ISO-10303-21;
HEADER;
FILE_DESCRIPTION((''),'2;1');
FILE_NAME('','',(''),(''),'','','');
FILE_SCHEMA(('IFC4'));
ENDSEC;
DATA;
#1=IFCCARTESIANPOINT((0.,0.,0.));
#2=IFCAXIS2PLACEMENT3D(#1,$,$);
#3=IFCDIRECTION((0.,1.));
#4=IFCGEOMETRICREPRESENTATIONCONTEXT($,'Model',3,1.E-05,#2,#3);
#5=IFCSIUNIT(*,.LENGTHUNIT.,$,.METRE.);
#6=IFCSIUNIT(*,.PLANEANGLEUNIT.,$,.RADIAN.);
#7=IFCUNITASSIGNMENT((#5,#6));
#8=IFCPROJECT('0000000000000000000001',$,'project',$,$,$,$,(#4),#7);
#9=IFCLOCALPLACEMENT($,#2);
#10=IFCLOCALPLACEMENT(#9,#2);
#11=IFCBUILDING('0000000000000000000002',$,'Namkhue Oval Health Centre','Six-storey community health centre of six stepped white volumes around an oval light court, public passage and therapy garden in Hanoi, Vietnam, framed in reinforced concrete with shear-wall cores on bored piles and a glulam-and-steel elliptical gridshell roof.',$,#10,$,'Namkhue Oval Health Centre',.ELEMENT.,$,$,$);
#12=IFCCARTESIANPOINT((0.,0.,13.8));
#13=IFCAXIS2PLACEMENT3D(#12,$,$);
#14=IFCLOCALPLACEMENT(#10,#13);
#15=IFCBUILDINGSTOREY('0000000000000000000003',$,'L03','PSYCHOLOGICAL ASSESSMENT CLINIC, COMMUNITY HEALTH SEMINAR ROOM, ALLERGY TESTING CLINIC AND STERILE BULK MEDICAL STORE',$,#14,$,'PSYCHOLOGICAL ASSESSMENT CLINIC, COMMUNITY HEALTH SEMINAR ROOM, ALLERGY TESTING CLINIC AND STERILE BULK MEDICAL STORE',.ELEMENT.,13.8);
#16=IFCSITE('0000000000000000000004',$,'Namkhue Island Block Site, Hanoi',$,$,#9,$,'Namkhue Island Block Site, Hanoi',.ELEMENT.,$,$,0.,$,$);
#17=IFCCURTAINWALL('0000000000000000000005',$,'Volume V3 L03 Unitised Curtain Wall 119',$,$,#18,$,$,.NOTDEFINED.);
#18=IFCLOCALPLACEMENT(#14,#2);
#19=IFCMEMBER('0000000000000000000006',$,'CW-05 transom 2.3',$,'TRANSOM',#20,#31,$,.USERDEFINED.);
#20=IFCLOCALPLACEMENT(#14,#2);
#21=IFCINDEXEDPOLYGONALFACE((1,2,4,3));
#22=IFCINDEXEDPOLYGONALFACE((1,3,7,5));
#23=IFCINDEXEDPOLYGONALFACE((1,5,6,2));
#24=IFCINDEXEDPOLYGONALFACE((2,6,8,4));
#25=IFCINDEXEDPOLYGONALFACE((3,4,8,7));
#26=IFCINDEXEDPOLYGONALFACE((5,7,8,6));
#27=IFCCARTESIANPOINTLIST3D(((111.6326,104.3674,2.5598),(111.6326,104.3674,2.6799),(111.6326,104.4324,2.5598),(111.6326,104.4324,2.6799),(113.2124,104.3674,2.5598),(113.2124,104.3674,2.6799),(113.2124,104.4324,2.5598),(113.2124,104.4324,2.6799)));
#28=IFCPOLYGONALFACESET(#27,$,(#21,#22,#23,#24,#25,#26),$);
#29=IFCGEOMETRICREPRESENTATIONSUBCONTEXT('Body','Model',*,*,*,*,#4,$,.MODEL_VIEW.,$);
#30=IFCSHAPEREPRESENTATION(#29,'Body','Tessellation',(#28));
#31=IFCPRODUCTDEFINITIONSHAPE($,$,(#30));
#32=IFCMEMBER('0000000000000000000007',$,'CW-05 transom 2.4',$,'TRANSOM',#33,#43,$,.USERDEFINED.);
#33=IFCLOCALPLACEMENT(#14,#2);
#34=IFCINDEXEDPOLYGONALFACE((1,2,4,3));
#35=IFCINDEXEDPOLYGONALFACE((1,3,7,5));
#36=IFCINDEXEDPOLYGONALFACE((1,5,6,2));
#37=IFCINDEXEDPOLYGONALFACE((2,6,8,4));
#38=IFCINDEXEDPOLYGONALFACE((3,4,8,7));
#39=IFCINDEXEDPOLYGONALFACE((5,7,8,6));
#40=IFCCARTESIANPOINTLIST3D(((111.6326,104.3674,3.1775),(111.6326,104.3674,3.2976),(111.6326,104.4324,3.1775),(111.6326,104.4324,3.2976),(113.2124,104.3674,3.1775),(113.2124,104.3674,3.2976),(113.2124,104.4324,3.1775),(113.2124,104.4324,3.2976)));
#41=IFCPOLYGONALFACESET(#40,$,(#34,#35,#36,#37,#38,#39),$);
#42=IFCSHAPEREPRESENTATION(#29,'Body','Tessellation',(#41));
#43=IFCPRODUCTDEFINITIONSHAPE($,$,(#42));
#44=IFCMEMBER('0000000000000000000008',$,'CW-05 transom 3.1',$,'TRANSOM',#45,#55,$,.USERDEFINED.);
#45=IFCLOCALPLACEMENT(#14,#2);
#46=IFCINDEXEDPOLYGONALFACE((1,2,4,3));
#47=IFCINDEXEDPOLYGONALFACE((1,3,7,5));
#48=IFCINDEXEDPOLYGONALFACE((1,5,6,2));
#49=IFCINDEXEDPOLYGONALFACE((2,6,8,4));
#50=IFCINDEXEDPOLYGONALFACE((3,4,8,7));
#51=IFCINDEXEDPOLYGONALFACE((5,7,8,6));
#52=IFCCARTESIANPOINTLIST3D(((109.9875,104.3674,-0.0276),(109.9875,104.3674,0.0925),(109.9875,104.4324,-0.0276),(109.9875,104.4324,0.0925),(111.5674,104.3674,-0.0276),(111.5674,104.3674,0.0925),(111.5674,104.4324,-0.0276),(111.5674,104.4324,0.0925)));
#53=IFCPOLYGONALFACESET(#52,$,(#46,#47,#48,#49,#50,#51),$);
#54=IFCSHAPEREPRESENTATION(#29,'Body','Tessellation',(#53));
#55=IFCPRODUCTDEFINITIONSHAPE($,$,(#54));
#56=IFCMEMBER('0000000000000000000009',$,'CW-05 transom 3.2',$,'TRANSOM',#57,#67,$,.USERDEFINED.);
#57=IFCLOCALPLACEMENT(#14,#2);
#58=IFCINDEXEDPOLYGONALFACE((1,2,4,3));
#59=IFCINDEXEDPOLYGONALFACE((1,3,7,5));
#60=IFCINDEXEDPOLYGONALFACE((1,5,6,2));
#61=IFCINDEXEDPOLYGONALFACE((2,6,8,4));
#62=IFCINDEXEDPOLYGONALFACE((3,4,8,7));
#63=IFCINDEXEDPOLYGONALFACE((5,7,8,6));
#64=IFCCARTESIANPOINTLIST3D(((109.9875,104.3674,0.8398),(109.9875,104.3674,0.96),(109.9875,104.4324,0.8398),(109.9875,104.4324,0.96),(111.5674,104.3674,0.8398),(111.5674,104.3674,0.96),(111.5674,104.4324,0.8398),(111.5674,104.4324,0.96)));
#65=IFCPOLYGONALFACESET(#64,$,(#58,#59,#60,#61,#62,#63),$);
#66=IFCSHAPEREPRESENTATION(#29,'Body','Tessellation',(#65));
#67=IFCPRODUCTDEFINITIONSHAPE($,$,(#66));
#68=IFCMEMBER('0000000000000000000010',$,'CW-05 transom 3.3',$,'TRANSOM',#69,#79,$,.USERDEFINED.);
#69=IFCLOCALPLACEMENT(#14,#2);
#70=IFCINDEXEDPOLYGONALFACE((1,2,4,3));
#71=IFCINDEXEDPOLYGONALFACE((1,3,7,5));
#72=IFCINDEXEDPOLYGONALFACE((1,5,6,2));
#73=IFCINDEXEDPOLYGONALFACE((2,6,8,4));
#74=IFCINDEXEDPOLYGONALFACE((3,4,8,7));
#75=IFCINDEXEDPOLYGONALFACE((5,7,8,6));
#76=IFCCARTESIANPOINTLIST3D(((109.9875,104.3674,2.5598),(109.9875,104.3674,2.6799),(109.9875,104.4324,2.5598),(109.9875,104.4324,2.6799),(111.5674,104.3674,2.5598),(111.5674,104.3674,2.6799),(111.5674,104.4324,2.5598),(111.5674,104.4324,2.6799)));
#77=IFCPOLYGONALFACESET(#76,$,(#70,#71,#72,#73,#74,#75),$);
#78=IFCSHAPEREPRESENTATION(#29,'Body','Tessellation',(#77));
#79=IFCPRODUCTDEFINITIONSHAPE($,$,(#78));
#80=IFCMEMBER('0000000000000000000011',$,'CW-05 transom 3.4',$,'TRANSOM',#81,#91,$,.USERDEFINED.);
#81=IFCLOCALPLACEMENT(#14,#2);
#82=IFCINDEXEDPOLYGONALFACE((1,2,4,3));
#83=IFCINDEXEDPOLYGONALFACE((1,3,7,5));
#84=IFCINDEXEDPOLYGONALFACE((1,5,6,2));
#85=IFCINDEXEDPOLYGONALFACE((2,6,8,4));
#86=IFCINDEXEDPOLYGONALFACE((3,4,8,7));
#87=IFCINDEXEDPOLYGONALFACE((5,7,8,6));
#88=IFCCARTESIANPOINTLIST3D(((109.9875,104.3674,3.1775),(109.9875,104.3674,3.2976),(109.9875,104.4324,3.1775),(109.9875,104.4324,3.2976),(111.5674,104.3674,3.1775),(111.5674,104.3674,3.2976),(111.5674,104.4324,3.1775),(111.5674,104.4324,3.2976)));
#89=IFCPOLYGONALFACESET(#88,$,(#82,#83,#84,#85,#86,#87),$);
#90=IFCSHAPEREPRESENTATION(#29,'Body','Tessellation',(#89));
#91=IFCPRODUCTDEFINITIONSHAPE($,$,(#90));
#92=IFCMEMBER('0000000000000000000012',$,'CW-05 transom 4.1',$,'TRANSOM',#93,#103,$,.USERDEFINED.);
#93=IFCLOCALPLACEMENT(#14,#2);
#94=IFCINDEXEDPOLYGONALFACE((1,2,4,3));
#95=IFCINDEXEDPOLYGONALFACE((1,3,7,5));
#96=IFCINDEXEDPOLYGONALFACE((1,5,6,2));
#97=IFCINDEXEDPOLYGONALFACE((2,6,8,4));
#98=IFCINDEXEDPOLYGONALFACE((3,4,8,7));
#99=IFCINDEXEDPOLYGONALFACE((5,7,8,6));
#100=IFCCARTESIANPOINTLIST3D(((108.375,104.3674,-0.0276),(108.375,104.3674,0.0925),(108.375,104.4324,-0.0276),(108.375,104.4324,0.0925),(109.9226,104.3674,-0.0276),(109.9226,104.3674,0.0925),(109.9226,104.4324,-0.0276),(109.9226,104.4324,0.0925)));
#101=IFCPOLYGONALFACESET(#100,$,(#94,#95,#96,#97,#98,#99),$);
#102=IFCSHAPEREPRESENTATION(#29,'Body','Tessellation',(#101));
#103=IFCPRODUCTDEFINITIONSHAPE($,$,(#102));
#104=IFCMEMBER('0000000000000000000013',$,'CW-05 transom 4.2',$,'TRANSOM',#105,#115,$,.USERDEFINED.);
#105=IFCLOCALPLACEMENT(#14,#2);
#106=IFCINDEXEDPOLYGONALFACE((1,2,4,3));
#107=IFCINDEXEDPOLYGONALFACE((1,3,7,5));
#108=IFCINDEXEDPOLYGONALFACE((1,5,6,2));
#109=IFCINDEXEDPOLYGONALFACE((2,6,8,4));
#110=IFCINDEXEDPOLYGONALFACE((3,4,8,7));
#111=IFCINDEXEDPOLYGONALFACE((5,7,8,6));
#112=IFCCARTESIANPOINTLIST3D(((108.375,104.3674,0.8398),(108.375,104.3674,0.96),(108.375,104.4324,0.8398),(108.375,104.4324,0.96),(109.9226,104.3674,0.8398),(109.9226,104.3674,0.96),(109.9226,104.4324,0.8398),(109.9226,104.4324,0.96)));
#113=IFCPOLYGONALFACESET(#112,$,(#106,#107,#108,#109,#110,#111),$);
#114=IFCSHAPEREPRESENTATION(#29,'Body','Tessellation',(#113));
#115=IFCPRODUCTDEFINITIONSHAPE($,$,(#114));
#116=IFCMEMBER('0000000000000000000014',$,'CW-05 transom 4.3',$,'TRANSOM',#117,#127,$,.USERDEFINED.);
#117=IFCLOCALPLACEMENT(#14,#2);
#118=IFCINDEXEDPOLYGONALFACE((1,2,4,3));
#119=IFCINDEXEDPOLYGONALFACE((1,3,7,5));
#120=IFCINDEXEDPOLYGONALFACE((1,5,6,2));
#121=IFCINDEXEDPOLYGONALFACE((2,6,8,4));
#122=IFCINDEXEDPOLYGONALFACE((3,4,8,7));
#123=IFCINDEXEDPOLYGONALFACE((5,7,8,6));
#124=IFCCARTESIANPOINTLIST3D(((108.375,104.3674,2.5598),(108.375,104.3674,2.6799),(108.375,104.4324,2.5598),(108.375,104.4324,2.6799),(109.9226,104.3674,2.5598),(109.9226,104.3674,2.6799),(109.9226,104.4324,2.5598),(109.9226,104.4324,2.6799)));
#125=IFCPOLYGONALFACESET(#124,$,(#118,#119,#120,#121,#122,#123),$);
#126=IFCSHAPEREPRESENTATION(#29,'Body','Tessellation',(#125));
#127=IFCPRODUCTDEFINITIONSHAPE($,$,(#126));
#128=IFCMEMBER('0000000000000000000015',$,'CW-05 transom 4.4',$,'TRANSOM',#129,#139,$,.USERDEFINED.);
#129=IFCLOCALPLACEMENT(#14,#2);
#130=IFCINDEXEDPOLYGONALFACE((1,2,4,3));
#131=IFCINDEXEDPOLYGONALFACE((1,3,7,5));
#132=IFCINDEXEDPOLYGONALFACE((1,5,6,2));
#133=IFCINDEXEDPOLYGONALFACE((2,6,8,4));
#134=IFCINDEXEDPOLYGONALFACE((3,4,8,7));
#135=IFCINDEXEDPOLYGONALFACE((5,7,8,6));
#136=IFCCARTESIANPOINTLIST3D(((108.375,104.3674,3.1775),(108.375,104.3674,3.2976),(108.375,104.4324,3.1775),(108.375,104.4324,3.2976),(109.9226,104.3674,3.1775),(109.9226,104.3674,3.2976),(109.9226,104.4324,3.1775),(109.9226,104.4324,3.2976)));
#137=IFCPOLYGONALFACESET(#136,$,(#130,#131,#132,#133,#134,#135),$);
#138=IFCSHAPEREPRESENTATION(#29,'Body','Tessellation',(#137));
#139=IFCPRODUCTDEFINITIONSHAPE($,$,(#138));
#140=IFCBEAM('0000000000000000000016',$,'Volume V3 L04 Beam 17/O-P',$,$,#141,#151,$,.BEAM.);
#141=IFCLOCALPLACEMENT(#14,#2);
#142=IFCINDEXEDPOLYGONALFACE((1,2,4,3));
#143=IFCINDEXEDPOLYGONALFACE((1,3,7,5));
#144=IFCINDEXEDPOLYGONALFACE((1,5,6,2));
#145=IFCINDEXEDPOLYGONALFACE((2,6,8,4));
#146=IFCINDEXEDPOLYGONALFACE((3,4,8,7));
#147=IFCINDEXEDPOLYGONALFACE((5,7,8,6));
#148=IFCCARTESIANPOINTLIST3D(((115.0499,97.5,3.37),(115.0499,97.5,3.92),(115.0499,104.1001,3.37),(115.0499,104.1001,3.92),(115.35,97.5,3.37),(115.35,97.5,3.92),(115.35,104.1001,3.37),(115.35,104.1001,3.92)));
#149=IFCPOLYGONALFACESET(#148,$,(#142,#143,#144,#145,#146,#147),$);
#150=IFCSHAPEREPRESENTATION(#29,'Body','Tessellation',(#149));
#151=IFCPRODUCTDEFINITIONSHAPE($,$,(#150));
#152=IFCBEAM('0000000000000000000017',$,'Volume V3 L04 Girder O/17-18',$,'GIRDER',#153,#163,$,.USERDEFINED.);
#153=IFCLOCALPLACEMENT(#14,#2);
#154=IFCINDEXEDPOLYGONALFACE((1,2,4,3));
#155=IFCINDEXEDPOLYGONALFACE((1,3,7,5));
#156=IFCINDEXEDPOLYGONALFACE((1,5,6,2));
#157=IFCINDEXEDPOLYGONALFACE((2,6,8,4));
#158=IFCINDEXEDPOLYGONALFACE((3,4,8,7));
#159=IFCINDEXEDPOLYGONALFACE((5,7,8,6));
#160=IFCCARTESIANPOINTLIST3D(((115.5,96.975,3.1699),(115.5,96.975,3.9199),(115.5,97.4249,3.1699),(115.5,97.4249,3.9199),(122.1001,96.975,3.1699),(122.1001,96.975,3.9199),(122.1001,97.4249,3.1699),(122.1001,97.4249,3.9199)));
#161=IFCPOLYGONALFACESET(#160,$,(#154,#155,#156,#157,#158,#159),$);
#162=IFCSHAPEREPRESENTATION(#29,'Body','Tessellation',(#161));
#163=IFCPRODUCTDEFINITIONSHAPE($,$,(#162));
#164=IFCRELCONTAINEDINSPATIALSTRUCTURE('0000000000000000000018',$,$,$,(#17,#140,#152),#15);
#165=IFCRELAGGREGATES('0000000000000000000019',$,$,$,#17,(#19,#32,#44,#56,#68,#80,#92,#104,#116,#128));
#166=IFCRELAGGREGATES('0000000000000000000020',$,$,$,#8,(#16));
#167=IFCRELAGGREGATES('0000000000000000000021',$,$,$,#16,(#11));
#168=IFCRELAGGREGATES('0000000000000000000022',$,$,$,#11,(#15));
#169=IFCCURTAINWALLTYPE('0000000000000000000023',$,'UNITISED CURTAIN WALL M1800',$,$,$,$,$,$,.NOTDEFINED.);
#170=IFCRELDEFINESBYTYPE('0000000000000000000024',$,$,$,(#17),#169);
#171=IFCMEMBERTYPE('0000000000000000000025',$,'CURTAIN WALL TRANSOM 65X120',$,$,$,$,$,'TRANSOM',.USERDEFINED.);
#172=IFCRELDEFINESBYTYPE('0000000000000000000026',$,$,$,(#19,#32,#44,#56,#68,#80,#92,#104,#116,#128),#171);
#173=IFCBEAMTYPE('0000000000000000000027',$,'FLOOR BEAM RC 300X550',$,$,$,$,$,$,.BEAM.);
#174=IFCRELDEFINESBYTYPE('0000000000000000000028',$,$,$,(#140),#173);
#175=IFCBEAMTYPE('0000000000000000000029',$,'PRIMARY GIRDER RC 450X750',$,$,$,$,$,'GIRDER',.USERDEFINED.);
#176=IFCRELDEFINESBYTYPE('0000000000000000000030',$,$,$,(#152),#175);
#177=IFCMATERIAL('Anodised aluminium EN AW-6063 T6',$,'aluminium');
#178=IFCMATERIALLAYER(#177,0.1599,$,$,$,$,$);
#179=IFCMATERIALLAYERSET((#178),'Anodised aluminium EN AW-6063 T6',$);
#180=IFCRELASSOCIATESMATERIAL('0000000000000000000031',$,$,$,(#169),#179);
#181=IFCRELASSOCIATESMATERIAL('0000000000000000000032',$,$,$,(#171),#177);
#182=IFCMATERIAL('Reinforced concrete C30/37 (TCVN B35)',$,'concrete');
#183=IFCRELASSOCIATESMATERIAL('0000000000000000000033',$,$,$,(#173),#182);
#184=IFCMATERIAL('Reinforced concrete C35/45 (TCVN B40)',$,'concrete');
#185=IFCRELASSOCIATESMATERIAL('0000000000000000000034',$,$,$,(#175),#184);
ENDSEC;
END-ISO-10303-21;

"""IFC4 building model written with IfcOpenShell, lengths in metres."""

from ifc_helpers import new_model, si_unit, direction, frame, origin, origin_2d, place, context, subcontext, project, spatial, rectangle, extrude, material, layer, layer_set, material_profile, profile_set, type_object, element, aggregate, save


model = new_model("IFC4")

# Units and contexts
model_context = context("Model", 3, precision=1e-05, world=origin(), true_north=direction((0.0, 1.0)))
body_context = subcontext(model_context, "Body", "Model", "MODEL_VIEW")
ifc_project = project(units=[si_unit("LENGTHUNIT", "METRE"), si_unit("PLANEANGLEUNIT", "RADIAN")], contexts=[model_context])

# Site, building, storey
site_placement = place(None, origin())
site = spatial("IfcSite", under=ifc_project, at=site_placement, Name="Namkhue Island Block Site, Hanoi", LongName="Namkhue Island Block Site, Hanoi", CompositionType="ELEMENT", RefElevation=0.0)
building_placement = place(site_placement, origin())
building = spatial("IfcBuilding", under=site, at=building_placement, Name="Namkhue Oval Health Centre", Description="Six-storey community health centre of six stepped white volumes around an oval light court, public passage and therapy garden in Hanoi, Vietnam, framed in reinforced concrete with shear-wall cores on bored piles and a glulam-and-steel elliptical gridshell roof.", LongName="Namkhue Oval Health Centre", CompositionType="ELEMENT")
storey_placement = place(building_placement, frame((0.0, 0.0, 13.8)))
storey = spatial("IfcBuildingStorey", under=building, at=storey_placement, Name="L03", Description="PSYCHOLOGICAL ASSESSMENT CLINIC, COMMUNITY HEALTH SEMINAR ROOM, ALLERGY TESTING CLINIC AND STERILE BULK MEDICAL STORE", LongName="PSYCHOLOGICAL ASSESSMENT CLINIC, COMMUNITY HEALTH SEMINAR ROOM, ALLERGY TESTING CLINIC AND STERILE BULK MEDICAL STORE", CompositionType="ELEMENT", Elevation=13.8)

# Shared definitions
ifc_material_1 = material(Name="Reinforced concrete C35/45 (TCVN B40)", Category="concrete")

# Curtain wall, members
ifc_material_2 = material(Name="Anodised aluminium EN AW-6063 T6", Category="aluminium")
ifc_layer_1 = layer(ifc_material_2, 0.1599)
ifc_layer_set_1 = layer_set([ifc_layer_1], Name="Anodised aluminium EN AW-6063 T6")
curtain_wall_type = type_object("IfcCurtainWallType", Name="UNITISED CURTAIN WALL M1800", PredefinedType="NOTDEFINED", material=ifc_layer_set_1)
curtain_wall_placement = place(storey_placement, origin())
curtain_wall = element("IfcCurtainWall", 1, at=curtain_wall_placement, inside=storey, type_object=curtain_wall_type, Name="Volume V3 L03 Unitised Curtain Wall 119", PredefinedType="NOTDEFINED")
ifc_material_profile_1 = material_profile(ifc_material_2, rectangle(XDim=0.0649, YDim=0.1201, at=origin_2d()), Name="ALU 65x120")
ifc_profile_set_1 = profile_set([ifc_material_profile_1], Name="Anodised aluminium EN AW-6063 T6")
member_type_1 = type_object("IfcMemberType", Name="CURTAIN WALL TRANSOM 65X120", ElementType="TRANSOM", PredefinedType="USERDEFINED", material=ifc_profile_set_1)
member_1_placement = place(storey_placement, frame((113.2124, 104.3999, 2.6199), z_axis=(-1.0, 0.0, 0.0), x_axis=(0.0, -1.0, 0.0)))
member_1 = element("IfcMember", 2, at=member_1_placement, type_object=member_type_1, Name="CW-05 transom 2.3", ObjectType="TRANSOM", PredefinedType="USERDEFINED", context=body_context, shape_type="SweptSolid", body=[
    extrude(rectangle(XDim=0.0649, YDim=0.1201, at=origin_2d()), origin(), (0.0, 0.0, 1.0), 1.5798),
])
member_2_placement = place(storey_placement, frame((113.2124, 104.3999, 3.2375), z_axis=(-1.0, 0.0, 0.0), x_axis=(0.0, -1.0, 0.0)))
member_2 = element("IfcMember", 3, at=member_2_placement, type_object=member_type_1, Name="CW-05 transom 2.4", ObjectType="TRANSOM", PredefinedType="USERDEFINED", context=body_context, shape_type="SweptSolid", body=[
    extrude(rectangle(XDim=0.0649, YDim=0.1201, at=origin_2d()), origin(), (0.0, 0.0, 1.0), 1.5798),
])
member_3_placement = place(storey_placement, frame((111.5674, 104.3999, 0.0325), z_axis=(-1.0, 0.0, 0.0), x_axis=(0.0, -1.0, 0.0)))
member_3 = element("IfcMember", 4, at=member_3_placement, type_object=member_type_1, Name="CW-05 transom 3.1", ObjectType="TRANSOM", PredefinedType="USERDEFINED", context=body_context, shape_type="SweptSolid", body=[
    extrude(rectangle(XDim=0.0649, YDim=0.1201, at=origin_2d()), origin(), (0.0, 0.0, 1.0), 1.5798),
])
member_4_placement = place(storey_placement, frame((111.5674, 104.3999, 0.8999), z_axis=(-1.0, 0.0, 0.0), x_axis=(0.0, -1.0, 0.0)))
member_4 = element("IfcMember", 5, at=member_4_placement, type_object=member_type_1, Name="CW-05 transom 3.2", ObjectType="TRANSOM", PredefinedType="USERDEFINED", context=body_context, shape_type="SweptSolid", body=[
    extrude(rectangle(XDim=0.0649, YDim=0.1201, at=origin_2d()), origin(), (0.0, 0.0, 1.0), 1.5798),
])
member_5_placement = place(storey_placement, frame((111.5674, 104.3999, 2.6199), z_axis=(-1.0, 0.0, 0.0), x_axis=(0.0, -1.0, 0.0)))
member_5 = element("IfcMember", 6, at=member_5_placement, type_object=member_type_1, Name="CW-05 transom 3.3", ObjectType="TRANSOM", PredefinedType="USERDEFINED", context=body_context, shape_type="SweptSolid", body=[
    extrude(rectangle(XDim=0.0649, YDim=0.1201, at=origin_2d()), origin(), (0.0, 0.0, 1.0), 1.5798),
])
member_6_placement = place(storey_placement, frame((111.5674, 104.3999, 3.2375), z_axis=(-1.0, 0.0, 0.0), x_axis=(0.0, -1.0, 0.0)))
member_6 = element("IfcMember", 7, at=member_6_placement, type_object=member_type_1, Name="CW-05 transom 3.4", ObjectType="TRANSOM", PredefinedType="USERDEFINED", context=body_context, shape_type="SweptSolid", body=[
    extrude(rectangle(XDim=0.0649, YDim=0.1201, at=origin_2d()), origin(), (0.0, 0.0, 1.0), 1.5798),
])
member_7_placement = place(storey_placement, frame((109.9226, 104.3999, 0.0325), z_axis=(-1.0, 0.0, 0.0), x_axis=(0.0, -1.0, 0.0)))
member_7 = element("IfcMember", 8, at=member_7_placement, type_object=member_type_1, Name="CW-05 transom 4.1", ObjectType="TRANSOM", PredefinedType="USERDEFINED", context=body_context, shape_type="SweptSolid", body=[
    extrude(rectangle(XDim=0.0649, YDim=0.1201, at=origin_2d()), origin(), (0.0, 0.0, 1.0), 1.5476),
])
member_8_placement = place(storey_placement, frame((109.9226, 104.3999, 0.8999), z_axis=(-1.0, 0.0, 0.0), x_axis=(0.0, -1.0, 0.0)))
member_8 = element("IfcMember", 9, at=member_8_placement, type_object=member_type_1, Name="CW-05 transom 4.2", ObjectType="TRANSOM", PredefinedType="USERDEFINED", context=body_context, shape_type="SweptSolid", body=[
    extrude(rectangle(XDim=0.0649, YDim=0.1201, at=origin_2d()), origin(), (0.0, 0.0, 1.0), 1.5476),
])
member_9_placement = place(storey_placement, frame((109.9226, 104.3999, 2.6199), z_axis=(-1.0, 0.0, 0.0), x_axis=(0.0, -1.0, 0.0)))
member_9 = element("IfcMember", 10, at=member_9_placement, type_object=member_type_1, Name="CW-05 transom 4.3", ObjectType="TRANSOM", PredefinedType="USERDEFINED", context=body_context, shape_type="SweptSolid", body=[
    extrude(rectangle(XDim=0.0649, YDim=0.1201, at=origin_2d()), origin(), (0.0, 0.0, 1.0), 1.5476),
])
member_10_placement = place(storey_placement, frame((109.9226, 104.3999, 3.2375), z_axis=(-1.0, 0.0, 0.0), x_axis=(0.0, -1.0, 0.0)))
member_10 = element("IfcMember", 11, at=member_10_placement, type_object=member_type_1, Name="CW-05 transom 4.4", ObjectType="TRANSOM", PredefinedType="USERDEFINED", context=body_context, shape_type="SweptSolid", body=[
    extrude(rectangle(XDim=0.0649, YDim=0.1201, at=origin_2d()), origin(), (0.0, 0.0, 1.0), 1.5476),
])

# Beams
ifc_material_3 = material(Name="Reinforced concrete C30/37 (TCVN B35)", Category="concrete")
ifc_material_profile_2 = material_profile(ifc_material_3, rectangle(XDim=0.3, YDim=0.55, at=origin_2d()), Name="RC 300x550")
ifc_profile_set_2 = profile_set([ifc_material_profile_2], Name="Reinforced concrete C30/37 (TCVN B35)")
beam_type_1 = type_object("IfcBeamType", Name="FLOOR BEAM RC 300X550", PredefinedType="BEAM", material=ifc_profile_set_2)
beam_1_placement = place(storey_placement, frame((115.2, 97.5, 3.645), z_axis=(0.0, 1.0, 0.0), x_axis=(-1.0, 0.0, 0.0)))
element("IfcBeam", 12, at=beam_1_placement, inside=storey, type_object=beam_type_1, Name="Volume V3 L04 Beam 17/O-P", PredefinedType="BEAM", context=body_context, shape_type="SweptSolid", body=[
    extrude(rectangle(XDim=0.3, YDim=0.55, at=origin_2d()), origin(), (0.0, 0.0, 1.0), 6.6001),
])
ifc_material_profile_3 = material_profile(ifc_material_1, rectangle(XDim=0.45, YDim=0.75, at=origin_2d()), Name="RC 450x750")
ifc_profile_set_3 = profile_set([ifc_material_profile_3], Name="Reinforced concrete C35/45 (TCVN B40)")
beam_type_2 = type_object("IfcBeamType", Name="PRIMARY GIRDER RC 450X750", ElementType="GIRDER", PredefinedType="USERDEFINED", material=ifc_profile_set_3)
beam_2_placement = place(storey_placement, frame((115.5, 97.2, 3.5449), z_axis=(1.0, 0.0, 0.0), x_axis=(0.0, 1.0, 0.0)))
element("IfcBeam", 13, at=beam_2_placement, inside=storey, type_object=beam_type_2, Name="Volume V3 L04 Girder O/17-18", ObjectType="GIRDER", PredefinedType="USERDEFINED", context=body_context, shape_type="SweptSolid", body=[
    extrude(rectangle(XDim=0.45, YDim=0.75, at=origin_2d()), origin(), (0.0, 0.0, 1.0), 6.6001),
])

aggregate(curtain_wall, [member_1, member_2, member_3, member_4, member_5, member_6, member_7, member_8, member_9, member_10])

save(model, "model.ifc")
